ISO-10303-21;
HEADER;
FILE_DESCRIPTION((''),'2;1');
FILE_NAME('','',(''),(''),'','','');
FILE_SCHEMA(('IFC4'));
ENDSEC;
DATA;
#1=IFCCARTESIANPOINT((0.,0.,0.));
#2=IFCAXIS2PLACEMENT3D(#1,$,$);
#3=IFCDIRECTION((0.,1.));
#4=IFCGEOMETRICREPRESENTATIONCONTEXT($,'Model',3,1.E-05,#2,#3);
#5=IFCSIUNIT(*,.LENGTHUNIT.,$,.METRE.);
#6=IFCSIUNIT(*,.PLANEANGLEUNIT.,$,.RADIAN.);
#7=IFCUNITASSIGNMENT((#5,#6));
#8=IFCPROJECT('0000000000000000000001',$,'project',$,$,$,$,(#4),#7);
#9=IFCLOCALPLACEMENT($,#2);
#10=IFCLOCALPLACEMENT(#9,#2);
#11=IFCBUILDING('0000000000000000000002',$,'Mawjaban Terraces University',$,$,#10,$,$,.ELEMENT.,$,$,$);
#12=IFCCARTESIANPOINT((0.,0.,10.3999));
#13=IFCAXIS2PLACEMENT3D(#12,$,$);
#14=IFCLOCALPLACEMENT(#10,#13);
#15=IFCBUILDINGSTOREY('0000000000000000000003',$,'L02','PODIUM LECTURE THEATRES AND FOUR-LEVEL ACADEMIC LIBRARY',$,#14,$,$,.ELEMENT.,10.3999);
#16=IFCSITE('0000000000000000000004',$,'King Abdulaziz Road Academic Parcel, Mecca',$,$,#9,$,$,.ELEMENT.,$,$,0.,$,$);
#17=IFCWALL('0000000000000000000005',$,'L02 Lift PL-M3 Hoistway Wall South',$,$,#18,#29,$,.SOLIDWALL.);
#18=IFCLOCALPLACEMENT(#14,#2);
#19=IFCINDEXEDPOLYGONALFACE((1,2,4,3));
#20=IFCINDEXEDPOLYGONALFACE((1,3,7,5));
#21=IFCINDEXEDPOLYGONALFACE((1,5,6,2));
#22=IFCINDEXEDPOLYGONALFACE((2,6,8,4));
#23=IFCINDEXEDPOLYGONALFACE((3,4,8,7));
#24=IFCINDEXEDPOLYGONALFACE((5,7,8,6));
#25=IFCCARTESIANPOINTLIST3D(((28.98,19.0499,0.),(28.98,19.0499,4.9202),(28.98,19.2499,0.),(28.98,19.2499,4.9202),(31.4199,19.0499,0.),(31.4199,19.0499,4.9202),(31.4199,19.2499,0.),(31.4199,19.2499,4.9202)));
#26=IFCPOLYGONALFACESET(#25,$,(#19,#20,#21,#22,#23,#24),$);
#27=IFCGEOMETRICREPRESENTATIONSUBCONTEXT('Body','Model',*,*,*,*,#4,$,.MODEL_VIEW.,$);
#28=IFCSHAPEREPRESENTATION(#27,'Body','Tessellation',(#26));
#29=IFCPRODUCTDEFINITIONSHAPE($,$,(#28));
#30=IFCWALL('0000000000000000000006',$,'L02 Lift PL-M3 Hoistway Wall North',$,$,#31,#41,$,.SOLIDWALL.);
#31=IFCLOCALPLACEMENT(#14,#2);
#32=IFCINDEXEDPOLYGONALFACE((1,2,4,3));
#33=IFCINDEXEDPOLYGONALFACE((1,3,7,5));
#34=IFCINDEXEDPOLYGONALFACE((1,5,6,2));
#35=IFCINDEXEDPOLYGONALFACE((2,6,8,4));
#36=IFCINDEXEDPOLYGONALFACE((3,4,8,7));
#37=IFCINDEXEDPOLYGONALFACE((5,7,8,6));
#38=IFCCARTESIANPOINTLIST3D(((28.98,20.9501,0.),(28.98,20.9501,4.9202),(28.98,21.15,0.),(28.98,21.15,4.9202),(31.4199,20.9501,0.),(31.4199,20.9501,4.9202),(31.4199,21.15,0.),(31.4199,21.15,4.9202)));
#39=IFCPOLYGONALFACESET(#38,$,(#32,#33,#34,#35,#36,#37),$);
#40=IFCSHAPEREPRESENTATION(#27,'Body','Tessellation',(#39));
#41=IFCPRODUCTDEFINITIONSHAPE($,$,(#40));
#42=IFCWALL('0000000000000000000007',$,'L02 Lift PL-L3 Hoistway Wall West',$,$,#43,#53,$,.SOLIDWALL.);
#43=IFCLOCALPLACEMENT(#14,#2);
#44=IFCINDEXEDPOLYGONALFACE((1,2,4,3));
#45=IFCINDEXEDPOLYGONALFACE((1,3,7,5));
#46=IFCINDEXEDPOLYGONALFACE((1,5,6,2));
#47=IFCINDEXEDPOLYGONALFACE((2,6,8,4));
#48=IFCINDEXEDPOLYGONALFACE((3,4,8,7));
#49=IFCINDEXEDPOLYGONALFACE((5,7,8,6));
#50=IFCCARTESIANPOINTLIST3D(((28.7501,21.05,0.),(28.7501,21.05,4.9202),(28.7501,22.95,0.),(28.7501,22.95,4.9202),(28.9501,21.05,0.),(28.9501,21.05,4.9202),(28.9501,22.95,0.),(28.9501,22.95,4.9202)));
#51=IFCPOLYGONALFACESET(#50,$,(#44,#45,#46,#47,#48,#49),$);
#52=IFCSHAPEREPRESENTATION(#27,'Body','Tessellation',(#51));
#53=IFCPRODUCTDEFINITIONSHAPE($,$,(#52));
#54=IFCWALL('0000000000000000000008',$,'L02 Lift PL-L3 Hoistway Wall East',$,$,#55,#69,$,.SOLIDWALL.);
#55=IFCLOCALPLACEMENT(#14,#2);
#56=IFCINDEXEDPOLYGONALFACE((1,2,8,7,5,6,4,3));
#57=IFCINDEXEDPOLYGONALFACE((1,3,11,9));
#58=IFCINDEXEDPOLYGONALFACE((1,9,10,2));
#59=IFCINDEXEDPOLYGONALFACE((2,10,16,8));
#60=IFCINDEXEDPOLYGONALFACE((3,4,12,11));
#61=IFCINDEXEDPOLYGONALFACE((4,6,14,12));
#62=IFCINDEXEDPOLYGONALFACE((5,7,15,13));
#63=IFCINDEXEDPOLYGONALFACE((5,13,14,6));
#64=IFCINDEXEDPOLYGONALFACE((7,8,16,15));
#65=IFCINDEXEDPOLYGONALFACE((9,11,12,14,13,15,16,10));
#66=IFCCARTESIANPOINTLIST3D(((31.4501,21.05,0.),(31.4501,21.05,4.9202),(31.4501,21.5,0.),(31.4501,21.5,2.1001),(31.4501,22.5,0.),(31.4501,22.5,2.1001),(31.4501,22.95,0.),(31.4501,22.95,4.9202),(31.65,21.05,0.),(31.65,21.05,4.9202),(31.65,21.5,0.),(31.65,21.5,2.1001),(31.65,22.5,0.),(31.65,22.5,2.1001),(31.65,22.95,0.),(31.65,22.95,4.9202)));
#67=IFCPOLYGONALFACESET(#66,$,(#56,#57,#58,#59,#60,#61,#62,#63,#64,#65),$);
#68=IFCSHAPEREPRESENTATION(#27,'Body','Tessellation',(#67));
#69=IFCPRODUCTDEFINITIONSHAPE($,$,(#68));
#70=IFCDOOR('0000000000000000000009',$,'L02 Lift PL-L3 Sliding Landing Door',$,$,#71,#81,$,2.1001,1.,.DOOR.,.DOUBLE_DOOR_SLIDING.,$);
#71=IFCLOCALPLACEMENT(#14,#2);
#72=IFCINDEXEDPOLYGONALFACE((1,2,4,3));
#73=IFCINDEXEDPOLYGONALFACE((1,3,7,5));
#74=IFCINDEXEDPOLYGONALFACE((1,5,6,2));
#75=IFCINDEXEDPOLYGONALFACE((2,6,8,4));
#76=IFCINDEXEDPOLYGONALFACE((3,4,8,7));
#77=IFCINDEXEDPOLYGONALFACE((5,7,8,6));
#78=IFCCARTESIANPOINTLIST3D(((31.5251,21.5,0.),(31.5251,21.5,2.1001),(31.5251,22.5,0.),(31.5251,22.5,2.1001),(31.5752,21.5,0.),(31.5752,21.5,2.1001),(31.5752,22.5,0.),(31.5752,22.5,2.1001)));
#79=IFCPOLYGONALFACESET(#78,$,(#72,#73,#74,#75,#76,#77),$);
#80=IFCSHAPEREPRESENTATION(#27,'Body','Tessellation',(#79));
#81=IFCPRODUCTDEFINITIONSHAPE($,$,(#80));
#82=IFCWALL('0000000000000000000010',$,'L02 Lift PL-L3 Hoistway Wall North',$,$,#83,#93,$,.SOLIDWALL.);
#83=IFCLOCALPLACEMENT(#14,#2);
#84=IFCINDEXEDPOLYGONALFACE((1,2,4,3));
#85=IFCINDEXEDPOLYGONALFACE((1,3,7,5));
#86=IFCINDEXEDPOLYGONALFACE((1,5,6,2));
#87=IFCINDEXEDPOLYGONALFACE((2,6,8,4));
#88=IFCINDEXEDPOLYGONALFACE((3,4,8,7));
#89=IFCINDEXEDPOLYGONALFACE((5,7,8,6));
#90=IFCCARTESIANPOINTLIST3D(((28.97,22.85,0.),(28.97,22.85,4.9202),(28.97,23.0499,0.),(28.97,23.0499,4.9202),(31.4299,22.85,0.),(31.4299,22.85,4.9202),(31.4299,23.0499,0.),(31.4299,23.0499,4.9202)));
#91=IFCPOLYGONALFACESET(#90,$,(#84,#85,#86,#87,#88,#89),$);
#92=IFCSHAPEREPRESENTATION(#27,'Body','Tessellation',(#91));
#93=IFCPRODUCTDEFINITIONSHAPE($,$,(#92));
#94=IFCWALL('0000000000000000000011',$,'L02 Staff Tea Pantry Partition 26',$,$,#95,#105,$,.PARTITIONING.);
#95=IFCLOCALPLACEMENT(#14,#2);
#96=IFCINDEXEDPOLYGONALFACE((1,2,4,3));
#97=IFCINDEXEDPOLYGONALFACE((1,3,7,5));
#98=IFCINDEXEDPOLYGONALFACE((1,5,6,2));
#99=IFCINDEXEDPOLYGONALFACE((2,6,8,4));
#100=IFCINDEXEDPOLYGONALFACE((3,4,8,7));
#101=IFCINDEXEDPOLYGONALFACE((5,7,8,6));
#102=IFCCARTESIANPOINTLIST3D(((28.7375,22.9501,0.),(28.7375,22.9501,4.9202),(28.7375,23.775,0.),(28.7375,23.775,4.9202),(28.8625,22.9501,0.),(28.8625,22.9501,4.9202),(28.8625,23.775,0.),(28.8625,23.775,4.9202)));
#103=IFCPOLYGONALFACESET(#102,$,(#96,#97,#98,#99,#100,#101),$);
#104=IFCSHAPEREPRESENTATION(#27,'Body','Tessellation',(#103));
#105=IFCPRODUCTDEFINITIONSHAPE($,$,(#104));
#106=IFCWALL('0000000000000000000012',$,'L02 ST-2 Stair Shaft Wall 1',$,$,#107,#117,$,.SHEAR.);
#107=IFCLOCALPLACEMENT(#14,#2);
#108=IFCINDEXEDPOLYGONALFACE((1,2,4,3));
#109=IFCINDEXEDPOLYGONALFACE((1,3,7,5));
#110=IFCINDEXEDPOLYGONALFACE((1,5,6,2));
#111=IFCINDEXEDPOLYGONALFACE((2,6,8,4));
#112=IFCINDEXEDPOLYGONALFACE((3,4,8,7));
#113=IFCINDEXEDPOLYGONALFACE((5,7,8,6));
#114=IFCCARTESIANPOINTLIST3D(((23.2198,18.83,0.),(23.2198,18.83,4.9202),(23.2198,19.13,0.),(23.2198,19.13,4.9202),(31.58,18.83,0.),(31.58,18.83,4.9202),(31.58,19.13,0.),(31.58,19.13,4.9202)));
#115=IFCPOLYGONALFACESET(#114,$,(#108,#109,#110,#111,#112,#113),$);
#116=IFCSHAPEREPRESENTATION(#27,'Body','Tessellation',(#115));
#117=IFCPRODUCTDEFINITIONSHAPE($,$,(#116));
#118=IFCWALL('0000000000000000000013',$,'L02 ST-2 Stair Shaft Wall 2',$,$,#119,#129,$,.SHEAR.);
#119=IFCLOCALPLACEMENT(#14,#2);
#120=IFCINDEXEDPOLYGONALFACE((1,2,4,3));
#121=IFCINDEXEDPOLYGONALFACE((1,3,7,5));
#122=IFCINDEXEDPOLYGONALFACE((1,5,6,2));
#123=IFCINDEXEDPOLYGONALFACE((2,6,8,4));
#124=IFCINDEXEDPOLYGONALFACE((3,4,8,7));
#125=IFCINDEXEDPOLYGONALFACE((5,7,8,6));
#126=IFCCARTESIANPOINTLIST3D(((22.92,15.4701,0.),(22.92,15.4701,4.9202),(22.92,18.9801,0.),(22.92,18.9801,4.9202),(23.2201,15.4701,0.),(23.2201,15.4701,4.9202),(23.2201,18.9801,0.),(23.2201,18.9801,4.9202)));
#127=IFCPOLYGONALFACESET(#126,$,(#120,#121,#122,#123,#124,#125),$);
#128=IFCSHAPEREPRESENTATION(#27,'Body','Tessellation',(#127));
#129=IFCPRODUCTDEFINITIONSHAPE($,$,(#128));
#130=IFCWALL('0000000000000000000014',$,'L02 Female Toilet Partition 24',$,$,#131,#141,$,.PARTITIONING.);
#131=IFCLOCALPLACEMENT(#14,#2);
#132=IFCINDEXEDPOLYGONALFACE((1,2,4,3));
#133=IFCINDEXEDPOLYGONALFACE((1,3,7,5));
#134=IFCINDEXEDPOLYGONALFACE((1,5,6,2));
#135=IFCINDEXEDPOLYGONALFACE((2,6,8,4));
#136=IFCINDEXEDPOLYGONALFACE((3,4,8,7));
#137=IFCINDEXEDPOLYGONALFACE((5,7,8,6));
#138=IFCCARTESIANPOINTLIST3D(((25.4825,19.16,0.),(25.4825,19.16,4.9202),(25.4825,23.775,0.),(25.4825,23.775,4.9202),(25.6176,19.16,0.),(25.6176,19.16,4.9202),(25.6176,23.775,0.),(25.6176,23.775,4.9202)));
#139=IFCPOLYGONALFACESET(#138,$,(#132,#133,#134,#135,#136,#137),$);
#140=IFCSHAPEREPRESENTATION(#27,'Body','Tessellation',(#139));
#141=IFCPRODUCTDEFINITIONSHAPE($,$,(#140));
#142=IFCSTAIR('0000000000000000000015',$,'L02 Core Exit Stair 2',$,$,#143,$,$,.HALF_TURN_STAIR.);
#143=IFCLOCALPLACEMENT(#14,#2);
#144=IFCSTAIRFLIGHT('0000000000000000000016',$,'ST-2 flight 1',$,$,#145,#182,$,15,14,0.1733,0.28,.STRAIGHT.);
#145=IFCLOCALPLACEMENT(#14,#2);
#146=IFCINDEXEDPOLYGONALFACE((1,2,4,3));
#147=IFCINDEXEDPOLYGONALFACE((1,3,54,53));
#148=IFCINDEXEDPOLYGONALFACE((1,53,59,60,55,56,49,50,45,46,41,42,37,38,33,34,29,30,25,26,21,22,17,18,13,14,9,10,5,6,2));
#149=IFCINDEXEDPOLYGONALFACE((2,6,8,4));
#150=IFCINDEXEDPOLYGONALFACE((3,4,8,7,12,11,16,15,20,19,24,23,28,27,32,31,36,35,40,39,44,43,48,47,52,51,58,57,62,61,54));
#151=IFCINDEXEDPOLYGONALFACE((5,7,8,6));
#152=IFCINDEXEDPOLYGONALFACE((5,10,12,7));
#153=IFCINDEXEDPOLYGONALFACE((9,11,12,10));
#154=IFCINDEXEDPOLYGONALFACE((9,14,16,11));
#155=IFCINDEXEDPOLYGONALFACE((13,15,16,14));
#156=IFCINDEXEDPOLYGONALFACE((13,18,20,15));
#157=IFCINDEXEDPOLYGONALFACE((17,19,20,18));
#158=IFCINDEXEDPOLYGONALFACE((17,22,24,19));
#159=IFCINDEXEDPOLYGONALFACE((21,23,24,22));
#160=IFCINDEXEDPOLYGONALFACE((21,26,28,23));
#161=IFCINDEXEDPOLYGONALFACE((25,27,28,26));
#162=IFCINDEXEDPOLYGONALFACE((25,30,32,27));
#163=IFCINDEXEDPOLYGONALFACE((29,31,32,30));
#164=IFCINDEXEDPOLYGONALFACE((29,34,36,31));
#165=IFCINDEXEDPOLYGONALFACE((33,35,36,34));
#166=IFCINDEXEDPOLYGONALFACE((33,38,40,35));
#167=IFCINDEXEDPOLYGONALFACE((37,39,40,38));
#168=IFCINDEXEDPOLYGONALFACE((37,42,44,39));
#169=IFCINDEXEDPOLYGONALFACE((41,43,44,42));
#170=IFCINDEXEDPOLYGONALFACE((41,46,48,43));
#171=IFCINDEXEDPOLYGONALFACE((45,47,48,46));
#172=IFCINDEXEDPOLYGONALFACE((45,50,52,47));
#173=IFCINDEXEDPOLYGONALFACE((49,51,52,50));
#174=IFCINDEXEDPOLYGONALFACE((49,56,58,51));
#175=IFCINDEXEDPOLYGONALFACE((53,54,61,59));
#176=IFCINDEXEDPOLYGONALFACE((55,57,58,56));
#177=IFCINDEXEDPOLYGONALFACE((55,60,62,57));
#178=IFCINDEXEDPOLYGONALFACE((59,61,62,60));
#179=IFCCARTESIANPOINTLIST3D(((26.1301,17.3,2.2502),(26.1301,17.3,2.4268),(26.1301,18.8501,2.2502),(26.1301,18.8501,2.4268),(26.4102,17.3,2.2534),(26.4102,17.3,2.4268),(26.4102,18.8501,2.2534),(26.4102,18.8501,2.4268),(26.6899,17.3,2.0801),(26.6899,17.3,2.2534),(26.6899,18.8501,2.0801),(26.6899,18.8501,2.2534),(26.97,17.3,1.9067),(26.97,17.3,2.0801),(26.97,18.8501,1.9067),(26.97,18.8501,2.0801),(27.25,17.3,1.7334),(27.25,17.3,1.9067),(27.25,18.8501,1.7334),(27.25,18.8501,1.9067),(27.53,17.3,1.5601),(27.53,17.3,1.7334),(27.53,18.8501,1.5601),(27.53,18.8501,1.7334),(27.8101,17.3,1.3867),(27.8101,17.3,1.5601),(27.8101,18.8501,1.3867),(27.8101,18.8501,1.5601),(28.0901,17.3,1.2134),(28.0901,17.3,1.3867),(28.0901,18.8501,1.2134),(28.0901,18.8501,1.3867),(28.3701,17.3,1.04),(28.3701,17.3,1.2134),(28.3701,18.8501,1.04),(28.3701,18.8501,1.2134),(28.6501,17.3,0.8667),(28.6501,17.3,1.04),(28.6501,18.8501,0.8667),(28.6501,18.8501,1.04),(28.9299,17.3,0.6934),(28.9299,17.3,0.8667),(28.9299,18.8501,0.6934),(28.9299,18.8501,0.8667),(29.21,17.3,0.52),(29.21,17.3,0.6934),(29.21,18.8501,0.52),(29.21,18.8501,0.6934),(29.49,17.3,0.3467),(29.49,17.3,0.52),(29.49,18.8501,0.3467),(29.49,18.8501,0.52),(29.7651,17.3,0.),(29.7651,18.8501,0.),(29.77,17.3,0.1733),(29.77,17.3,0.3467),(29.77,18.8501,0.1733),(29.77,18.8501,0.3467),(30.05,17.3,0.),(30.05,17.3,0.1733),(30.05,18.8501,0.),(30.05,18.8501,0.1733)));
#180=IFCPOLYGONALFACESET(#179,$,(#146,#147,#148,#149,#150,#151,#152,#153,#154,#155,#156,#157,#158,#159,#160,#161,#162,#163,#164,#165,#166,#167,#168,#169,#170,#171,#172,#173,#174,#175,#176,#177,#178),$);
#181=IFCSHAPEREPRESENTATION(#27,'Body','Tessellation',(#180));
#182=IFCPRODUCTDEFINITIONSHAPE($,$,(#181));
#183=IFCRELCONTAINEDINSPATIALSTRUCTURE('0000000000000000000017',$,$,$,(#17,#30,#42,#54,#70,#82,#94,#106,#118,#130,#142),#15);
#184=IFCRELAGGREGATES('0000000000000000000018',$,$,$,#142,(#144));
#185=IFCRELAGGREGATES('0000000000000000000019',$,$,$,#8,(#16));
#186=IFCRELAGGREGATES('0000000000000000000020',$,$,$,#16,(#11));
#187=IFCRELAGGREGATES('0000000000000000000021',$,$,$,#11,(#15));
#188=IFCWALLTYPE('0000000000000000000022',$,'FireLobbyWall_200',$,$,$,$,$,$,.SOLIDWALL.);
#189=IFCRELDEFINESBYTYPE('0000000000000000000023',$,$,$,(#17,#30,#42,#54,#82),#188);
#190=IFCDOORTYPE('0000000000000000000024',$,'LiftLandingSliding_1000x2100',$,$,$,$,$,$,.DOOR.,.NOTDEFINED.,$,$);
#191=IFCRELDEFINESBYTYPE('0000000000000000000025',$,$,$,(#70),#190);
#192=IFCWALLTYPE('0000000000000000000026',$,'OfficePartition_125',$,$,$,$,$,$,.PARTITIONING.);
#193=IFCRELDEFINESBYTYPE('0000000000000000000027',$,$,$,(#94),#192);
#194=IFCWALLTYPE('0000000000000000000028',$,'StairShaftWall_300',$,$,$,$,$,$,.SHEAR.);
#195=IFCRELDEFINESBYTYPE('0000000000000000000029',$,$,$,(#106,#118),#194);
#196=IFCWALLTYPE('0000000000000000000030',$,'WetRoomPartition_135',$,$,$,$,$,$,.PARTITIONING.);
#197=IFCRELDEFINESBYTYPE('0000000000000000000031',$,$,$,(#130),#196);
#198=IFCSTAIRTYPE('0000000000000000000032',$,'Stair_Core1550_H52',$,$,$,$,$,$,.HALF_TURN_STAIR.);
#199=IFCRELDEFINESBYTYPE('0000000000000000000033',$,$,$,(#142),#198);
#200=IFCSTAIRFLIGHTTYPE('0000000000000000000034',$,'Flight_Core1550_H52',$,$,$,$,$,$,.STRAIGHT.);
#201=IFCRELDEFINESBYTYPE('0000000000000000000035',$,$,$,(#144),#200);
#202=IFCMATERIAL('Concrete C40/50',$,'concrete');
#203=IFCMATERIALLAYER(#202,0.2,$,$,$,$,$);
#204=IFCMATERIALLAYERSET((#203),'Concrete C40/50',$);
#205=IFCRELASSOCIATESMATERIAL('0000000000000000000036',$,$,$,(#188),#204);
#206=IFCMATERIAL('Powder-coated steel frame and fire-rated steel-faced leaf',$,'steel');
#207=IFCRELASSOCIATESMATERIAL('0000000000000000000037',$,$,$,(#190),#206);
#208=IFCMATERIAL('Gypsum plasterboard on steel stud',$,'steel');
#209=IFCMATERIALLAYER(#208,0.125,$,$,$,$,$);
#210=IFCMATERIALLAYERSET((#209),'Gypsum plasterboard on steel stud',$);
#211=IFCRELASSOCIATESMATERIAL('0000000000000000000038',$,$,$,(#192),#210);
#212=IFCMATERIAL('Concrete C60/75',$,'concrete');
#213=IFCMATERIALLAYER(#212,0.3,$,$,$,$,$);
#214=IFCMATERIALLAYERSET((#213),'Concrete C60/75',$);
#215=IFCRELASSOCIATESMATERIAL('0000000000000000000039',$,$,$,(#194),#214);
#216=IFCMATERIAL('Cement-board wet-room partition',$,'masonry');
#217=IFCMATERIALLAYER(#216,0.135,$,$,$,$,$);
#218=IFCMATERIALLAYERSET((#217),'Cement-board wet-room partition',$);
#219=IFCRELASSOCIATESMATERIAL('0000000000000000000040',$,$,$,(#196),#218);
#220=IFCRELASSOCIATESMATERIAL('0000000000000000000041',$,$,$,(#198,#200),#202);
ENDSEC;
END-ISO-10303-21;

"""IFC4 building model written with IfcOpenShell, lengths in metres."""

from ifc_helpers import new_model, si_unit, direction, frame, frame_2d, origin, place, context, subcontext, project, spatial, polyline, rectangle, outline, extrude, material, layer, layer_set, type_object, element, fill, aggregate, save


model = new_model("IFC4")

# Units and contexts
model_context = context("Model", 3, precision=1e-05, world=origin(), true_north=direction((0.0, 1.0)))
body_context = subcontext(model_context, "Body", "Model", "MODEL_VIEW")
ifc_project = project(units=[si_unit("LENGTHUNIT", "METRE"), si_unit("PLANEANGLEUNIT", "RADIAN")], contexts=[model_context])

# Site, building, storey
site_placement = place(None, origin())
site = spatial("IfcSite", under=ifc_project, at=site_placement, Name="King Abdulaziz Road Academic Parcel, Mecca", CompositionType="ELEMENT", RefElevation=0.0)
building_placement = place(site_placement, origin())
building = spatial("IfcBuilding", under=site, at=building_placement, Name="Mawjaban Terraces University", CompositionType="ELEMENT")
storey_placement = place(building_placement, frame((0.0, 0.0, 10.3999)))
storey = spatial("IfcBuildingStorey", under=building, at=storey_placement, Name="L02", Description="PODIUM LECTURE THEATRES AND FOUR-LEVEL ACADEMIC LIBRARY", CompositionType="ELEMENT", Elevation=10.3999)

# Walls
ifc_material_1 = material(Name="Concrete C40/50", Category="concrete")
ifc_layer_1 = layer(ifc_material_1, 0.2)
ifc_layer_set_1 = layer_set([ifc_layer_1], Name="Concrete C40/50")
wall_type_1 = type_object("IfcWallType", Name="FireLobbyWall_200", PredefinedType="SOLIDWALL", material=ifc_layer_set_1)
for number, where, z_axis, x_axis, name in (
    (1, (28.98, 19.1499, 0.0), (0.0, 0.0, 1.0), (1.0, 0.0, 0.0), "L02 Lift PL-M3 Hoistway Wall South"),
    (2, (31.4199, 21.05, 0.0), (0.0, 0.0, 1.0), (-1.0, 0.0, 0.0), "L02 Lift PL-M3 Hoistway Wall North"),
):
    element("IfcWall", number, at=place(storey_placement, frame(where, z_axis=z_axis, x_axis=x_axis)), inside=storey, type_object=wall_type_1, Name=name, PredefinedType="SOLIDWALL", context=body_context, shape_type="SweptSolid", body=[
        extrude(rectangle(XDim=2.4399, YDim=0.2, at=frame_2d((1.22, 0.0))), origin(), (0.0, 0.0, 1.0), 4.9202),
    ])
wall_1_placement = place(storey_placement, frame((28.8501, 22.95, 0.0), z_axis=(0.0, 0.0, 1.0), x_axis=(0.0, -1.0, 0.0)))
element("IfcWall", 3, at=wall_1_placement, inside=storey, type_object=wall_type_1, Name="L02 Lift PL-L3 Hoistway Wall West", PredefinedType="SOLIDWALL", context=body_context, shape_type="SweptSolid", body=[
    extrude(rectangle(XDim=1.8999, YDim=0.2, at=frame_2d((0.95, 0.0))), origin(), (0.0, 0.0, 1.0), 4.9202),
])

# Wall, opening, door
wall_2_placement = place(storey_placement, frame((31.55, 21.05, 0.0), z_axis=(0.0, 0.0, 1.0), x_axis=(0.0, 1.0, 0.0)))
wall_2 = element("IfcWall", 4, at=wall_2_placement, inside=storey, type_object=wall_type_1, Name="L02 Lift PL-L3 Hoistway Wall East", PredefinedType="SOLIDWALL", context=body_context, shape_type="SweptSolid", body=[
    extrude(rectangle(XDim=1.8999, YDim=0.2, at=frame_2d((0.95, 0.0))), origin(), (0.0, 0.0, 1.0), 4.9202),
])
opening_1_placement = place(wall_2_placement, frame((0.45, 0.0, 0.0)))
opening_1 = element("IfcOpeningElement", 5, at=opening_1_placement, cuts=wall_2, PredefinedType="OPENING", context=body_context, shape_type="SweptSolid", body=[
    extrude(rectangle(XDim=1.0, YDim=2.1001, at=frame_2d((0.5, 1.05))), frame((0.0, 0.1099, 0.0), z_axis=(0.0, -1.0, 0.0), x_axis=(1.0, 0.0, 0.0)), (0.0, 0.0, 1.0), 0.22),
])
ifc_material_2 = material(Name="Powder-coated steel frame and fire-rated steel-faced leaf", Category="steel")
door_type_1 = type_object("IfcDoorType", Name="LiftLandingSliding_1000x2100", OperationType="NOTDEFINED", PredefinedType="DOOR", material=ifc_material_2)
door_1_placement = place(opening_1_placement, origin())
door_1 = element("IfcDoor", 6, at=door_1_placement, inside=storey, type_object=door_type_1, Name="L02 Lift PL-L3 Sliding Landing Door", OperationType="DOUBLE_DOOR_SLIDING", OverallHeight=2.1001, OverallWidth=1.0, PredefinedType="DOOR", context=body_context, shape_type="SweptSolid", body=[
    extrude(rectangle(XDim=1.0, YDim=2.1001, at=frame_2d((0.5, 1.05))), frame((0.0, 0.0249, 0.0), z_axis=(0.0, -1.0, 0.0), x_axis=(1.0, 0.0, 0.0)), (0.0, 0.0, 1.0), 0.05),
])
fill(opening_1, door_1)

# Walls
wall_3_placement = place(storey_placement, frame((31.4299, 22.95, 0.0), z_axis=(0.0, 0.0, 1.0), x_axis=(-1.0, 0.0, 0.0)))
element("IfcWall", 7, at=wall_3_placement, inside=storey, type_object=wall_type_1, Name="L02 Lift PL-L3 Hoistway Wall North", PredefinedType="SOLIDWALL", context=body_context, shape_type="SweptSolid", body=[
    extrude(rectangle(XDim=2.46, YDim=0.2, at=frame_2d((1.23, 0.0))), origin(), (0.0, 0.0, 1.0), 4.9202),
])
ifc_material_3 = material(Name="Gypsum plasterboard on steel stud", Category="steel")
ifc_layer_2 = layer(ifc_material_3, 0.125)
ifc_layer_set_2 = layer_set([ifc_layer_2], Name="Gypsum plasterboard on steel stud")
wall_type_2 = type_object("IfcWallType", Name="OfficePartition_125", PredefinedType="PARTITIONING", material=ifc_layer_set_2)
wall_4_placement = place(storey_placement, frame((28.8, 22.95, 0.0), z_axis=(0.0, 0.0, 1.0), x_axis=(0.0, 1.0, 0.0)))
element("IfcWall", 8, at=wall_4_placement, inside=storey, type_object=wall_type_2, Name="L02 Staff Tea Pantry Partition 26", PredefinedType="PARTITIONING", context=body_context, shape_type="SweptSolid", body=[
    extrude(rectangle(XDim=0.825, YDim=0.125, at=frame_2d((0.4126, 0.0))), origin(), (0.0, 0.0, 1.0), 4.9202),
])
ifc_material_4 = material(Name="Concrete C60/75", Category="concrete")
ifc_layer_3 = layer(ifc_material_4, 0.3)
ifc_layer_set_3 = layer_set([ifc_layer_3], Name="Concrete C60/75")
wall_type_3 = type_object("IfcWallType", Name="StairShaftWall_300", PredefinedType="SHEAR", material=ifc_layer_set_3)
wall_5_placement = place(storey_placement, frame((31.5801, 18.98, 0.0), z_axis=(0.0, 0.0, 1.0), x_axis=(-1.0, 0.0, 0.0)))
element("IfcWall", 9, at=wall_5_placement, inside=storey, type_object=wall_type_3, Name="L02 ST-2 Stair Shaft Wall 1", PredefinedType="SHEAR", context=body_context, shape_type="SweptSolid", body=[
    extrude(rectangle(XDim=8.3601, YDim=0.3, at=frame_2d((4.1802, 0.0))), origin(), (0.0, 0.0, 1.0), 4.9202),
])
wall_6_placement = place(storey_placement, frame((23.0701, 18.98, 0.0), z_axis=(0.0, 0.0, 1.0), x_axis=(0.0, -1.0, 0.0)))
element("IfcWall", 10, at=wall_6_placement, inside=storey, type_object=wall_type_3, Name="L02 ST-2 Stair Shaft Wall 2", PredefinedType="SHEAR", context=body_context, shape_type="SweptSolid", body=[
    extrude(rectangle(XDim=3.51, YDim=0.3, at=frame_2d((1.7549, 0.0))), origin(), (0.0, 0.0, 1.0), 4.9202),
])
ifc_material_5 = material(Name="Cement-board wet-room partition", Category="masonry")
ifc_layer_4 = layer(ifc_material_5, 0.135)
ifc_layer_set_4 = layer_set([ifc_layer_4], Name="Cement-board wet-room partition")
wall_type_4 = type_object("IfcWallType", Name="WetRoomPartition_135", PredefinedType="PARTITIONING", material=ifc_layer_set_4)
wall_7_placement = place(storey_placement, frame((25.55, 19.1599, 0.0), z_axis=(0.0, 0.0, 1.0), x_axis=(0.0, 1.0, 0.0)))
element("IfcWall", 11, at=wall_7_placement, inside=storey, type_object=wall_type_4, Name="L02 Female Toilet Partition 24", PredefinedType="PARTITIONING", context=body_context, shape_type="SweptSolid", body=[
    extrude(rectangle(XDim=4.615, YDim=0.135, at=frame_2d((2.3076, 0.0))), origin(), (0.0, 0.0, 1.0), 4.9202),
])

# Stair, stair flight
stair_type = type_object("IfcStairType", Name="Stair_Core1550_H52", PredefinedType="HALF_TURN_STAIR", material=ifc_material_1)
stair_placement = place(storey_placement, origin())
stair = element("IfcStair", 12, at=stair_placement, inside=storey, type_object=stair_type, Name="L02 Core Exit Stair 2", PredefinedType="HALF_TURN_STAIR")
stair_flight_type = type_object("IfcStairFlightType", Name="Flight_Core1550_H52", PredefinedType="STRAIGHT", material=ifc_material_1)
stair_flight_1_placement = place(storey_placement, frame((30.05, 18.075, 0.0), z_axis=(0.0, 0.0, 1.0), x_axis=(-1.0, 0.0, 0.0)))
stair_flight_1 = element("IfcStairFlight", 13, at=stair_flight_1_placement, type_object=stair_flight_type, Name="ST-2 flight 1", NumberOfRisers=15, NumberOfTreads=14, PredefinedType="STRAIGHT", RiserHeight=0.1733, TreadLength=0.28, context=body_context, shape_type="SweptSolid", body=[
    extrude(outline(polyline([(0.0, 0.0), (0.0, 0.1733), (0.28, 0.1733), (0.28, 0.3467), (0.5601, 0.3467), (0.5601, 0.52), (0.8401, 0.52), (0.8401, 0.6934), (1.1201, 0.6934), (1.1201, 0.8667), (1.3999, 0.8667), (1.3999, 1.04), (1.6799, 1.04), (1.6799, 1.2134), (1.96, 1.2134), (1.96, 1.3867), (2.24, 1.3867), (2.24, 1.5601), (2.52, 1.5601), (2.52, 1.7334), (2.8, 1.7334), (2.8, 1.9067), (3.0801, 1.9067), (3.0801, 2.0801), (3.3601, 2.0801), (3.3601, 2.2534), (3.6399, 2.2534), (3.6399, 2.4268), (3.9199, 2.4268), (3.9199, 2.6001), (3.9199, 2.2502), (0.2849, 0.0), (0.0, 0.0)])), frame((0.0, 0.7749, 0.0), z_axis=(0.0, -1.0, 0.0), x_axis=(1.0, 0.0, 0.0)), (0.0, 0.0, 1.0), 1.55),
])
aggregate(stair, [stair_flight_1])

save(model, "model.ifc")
